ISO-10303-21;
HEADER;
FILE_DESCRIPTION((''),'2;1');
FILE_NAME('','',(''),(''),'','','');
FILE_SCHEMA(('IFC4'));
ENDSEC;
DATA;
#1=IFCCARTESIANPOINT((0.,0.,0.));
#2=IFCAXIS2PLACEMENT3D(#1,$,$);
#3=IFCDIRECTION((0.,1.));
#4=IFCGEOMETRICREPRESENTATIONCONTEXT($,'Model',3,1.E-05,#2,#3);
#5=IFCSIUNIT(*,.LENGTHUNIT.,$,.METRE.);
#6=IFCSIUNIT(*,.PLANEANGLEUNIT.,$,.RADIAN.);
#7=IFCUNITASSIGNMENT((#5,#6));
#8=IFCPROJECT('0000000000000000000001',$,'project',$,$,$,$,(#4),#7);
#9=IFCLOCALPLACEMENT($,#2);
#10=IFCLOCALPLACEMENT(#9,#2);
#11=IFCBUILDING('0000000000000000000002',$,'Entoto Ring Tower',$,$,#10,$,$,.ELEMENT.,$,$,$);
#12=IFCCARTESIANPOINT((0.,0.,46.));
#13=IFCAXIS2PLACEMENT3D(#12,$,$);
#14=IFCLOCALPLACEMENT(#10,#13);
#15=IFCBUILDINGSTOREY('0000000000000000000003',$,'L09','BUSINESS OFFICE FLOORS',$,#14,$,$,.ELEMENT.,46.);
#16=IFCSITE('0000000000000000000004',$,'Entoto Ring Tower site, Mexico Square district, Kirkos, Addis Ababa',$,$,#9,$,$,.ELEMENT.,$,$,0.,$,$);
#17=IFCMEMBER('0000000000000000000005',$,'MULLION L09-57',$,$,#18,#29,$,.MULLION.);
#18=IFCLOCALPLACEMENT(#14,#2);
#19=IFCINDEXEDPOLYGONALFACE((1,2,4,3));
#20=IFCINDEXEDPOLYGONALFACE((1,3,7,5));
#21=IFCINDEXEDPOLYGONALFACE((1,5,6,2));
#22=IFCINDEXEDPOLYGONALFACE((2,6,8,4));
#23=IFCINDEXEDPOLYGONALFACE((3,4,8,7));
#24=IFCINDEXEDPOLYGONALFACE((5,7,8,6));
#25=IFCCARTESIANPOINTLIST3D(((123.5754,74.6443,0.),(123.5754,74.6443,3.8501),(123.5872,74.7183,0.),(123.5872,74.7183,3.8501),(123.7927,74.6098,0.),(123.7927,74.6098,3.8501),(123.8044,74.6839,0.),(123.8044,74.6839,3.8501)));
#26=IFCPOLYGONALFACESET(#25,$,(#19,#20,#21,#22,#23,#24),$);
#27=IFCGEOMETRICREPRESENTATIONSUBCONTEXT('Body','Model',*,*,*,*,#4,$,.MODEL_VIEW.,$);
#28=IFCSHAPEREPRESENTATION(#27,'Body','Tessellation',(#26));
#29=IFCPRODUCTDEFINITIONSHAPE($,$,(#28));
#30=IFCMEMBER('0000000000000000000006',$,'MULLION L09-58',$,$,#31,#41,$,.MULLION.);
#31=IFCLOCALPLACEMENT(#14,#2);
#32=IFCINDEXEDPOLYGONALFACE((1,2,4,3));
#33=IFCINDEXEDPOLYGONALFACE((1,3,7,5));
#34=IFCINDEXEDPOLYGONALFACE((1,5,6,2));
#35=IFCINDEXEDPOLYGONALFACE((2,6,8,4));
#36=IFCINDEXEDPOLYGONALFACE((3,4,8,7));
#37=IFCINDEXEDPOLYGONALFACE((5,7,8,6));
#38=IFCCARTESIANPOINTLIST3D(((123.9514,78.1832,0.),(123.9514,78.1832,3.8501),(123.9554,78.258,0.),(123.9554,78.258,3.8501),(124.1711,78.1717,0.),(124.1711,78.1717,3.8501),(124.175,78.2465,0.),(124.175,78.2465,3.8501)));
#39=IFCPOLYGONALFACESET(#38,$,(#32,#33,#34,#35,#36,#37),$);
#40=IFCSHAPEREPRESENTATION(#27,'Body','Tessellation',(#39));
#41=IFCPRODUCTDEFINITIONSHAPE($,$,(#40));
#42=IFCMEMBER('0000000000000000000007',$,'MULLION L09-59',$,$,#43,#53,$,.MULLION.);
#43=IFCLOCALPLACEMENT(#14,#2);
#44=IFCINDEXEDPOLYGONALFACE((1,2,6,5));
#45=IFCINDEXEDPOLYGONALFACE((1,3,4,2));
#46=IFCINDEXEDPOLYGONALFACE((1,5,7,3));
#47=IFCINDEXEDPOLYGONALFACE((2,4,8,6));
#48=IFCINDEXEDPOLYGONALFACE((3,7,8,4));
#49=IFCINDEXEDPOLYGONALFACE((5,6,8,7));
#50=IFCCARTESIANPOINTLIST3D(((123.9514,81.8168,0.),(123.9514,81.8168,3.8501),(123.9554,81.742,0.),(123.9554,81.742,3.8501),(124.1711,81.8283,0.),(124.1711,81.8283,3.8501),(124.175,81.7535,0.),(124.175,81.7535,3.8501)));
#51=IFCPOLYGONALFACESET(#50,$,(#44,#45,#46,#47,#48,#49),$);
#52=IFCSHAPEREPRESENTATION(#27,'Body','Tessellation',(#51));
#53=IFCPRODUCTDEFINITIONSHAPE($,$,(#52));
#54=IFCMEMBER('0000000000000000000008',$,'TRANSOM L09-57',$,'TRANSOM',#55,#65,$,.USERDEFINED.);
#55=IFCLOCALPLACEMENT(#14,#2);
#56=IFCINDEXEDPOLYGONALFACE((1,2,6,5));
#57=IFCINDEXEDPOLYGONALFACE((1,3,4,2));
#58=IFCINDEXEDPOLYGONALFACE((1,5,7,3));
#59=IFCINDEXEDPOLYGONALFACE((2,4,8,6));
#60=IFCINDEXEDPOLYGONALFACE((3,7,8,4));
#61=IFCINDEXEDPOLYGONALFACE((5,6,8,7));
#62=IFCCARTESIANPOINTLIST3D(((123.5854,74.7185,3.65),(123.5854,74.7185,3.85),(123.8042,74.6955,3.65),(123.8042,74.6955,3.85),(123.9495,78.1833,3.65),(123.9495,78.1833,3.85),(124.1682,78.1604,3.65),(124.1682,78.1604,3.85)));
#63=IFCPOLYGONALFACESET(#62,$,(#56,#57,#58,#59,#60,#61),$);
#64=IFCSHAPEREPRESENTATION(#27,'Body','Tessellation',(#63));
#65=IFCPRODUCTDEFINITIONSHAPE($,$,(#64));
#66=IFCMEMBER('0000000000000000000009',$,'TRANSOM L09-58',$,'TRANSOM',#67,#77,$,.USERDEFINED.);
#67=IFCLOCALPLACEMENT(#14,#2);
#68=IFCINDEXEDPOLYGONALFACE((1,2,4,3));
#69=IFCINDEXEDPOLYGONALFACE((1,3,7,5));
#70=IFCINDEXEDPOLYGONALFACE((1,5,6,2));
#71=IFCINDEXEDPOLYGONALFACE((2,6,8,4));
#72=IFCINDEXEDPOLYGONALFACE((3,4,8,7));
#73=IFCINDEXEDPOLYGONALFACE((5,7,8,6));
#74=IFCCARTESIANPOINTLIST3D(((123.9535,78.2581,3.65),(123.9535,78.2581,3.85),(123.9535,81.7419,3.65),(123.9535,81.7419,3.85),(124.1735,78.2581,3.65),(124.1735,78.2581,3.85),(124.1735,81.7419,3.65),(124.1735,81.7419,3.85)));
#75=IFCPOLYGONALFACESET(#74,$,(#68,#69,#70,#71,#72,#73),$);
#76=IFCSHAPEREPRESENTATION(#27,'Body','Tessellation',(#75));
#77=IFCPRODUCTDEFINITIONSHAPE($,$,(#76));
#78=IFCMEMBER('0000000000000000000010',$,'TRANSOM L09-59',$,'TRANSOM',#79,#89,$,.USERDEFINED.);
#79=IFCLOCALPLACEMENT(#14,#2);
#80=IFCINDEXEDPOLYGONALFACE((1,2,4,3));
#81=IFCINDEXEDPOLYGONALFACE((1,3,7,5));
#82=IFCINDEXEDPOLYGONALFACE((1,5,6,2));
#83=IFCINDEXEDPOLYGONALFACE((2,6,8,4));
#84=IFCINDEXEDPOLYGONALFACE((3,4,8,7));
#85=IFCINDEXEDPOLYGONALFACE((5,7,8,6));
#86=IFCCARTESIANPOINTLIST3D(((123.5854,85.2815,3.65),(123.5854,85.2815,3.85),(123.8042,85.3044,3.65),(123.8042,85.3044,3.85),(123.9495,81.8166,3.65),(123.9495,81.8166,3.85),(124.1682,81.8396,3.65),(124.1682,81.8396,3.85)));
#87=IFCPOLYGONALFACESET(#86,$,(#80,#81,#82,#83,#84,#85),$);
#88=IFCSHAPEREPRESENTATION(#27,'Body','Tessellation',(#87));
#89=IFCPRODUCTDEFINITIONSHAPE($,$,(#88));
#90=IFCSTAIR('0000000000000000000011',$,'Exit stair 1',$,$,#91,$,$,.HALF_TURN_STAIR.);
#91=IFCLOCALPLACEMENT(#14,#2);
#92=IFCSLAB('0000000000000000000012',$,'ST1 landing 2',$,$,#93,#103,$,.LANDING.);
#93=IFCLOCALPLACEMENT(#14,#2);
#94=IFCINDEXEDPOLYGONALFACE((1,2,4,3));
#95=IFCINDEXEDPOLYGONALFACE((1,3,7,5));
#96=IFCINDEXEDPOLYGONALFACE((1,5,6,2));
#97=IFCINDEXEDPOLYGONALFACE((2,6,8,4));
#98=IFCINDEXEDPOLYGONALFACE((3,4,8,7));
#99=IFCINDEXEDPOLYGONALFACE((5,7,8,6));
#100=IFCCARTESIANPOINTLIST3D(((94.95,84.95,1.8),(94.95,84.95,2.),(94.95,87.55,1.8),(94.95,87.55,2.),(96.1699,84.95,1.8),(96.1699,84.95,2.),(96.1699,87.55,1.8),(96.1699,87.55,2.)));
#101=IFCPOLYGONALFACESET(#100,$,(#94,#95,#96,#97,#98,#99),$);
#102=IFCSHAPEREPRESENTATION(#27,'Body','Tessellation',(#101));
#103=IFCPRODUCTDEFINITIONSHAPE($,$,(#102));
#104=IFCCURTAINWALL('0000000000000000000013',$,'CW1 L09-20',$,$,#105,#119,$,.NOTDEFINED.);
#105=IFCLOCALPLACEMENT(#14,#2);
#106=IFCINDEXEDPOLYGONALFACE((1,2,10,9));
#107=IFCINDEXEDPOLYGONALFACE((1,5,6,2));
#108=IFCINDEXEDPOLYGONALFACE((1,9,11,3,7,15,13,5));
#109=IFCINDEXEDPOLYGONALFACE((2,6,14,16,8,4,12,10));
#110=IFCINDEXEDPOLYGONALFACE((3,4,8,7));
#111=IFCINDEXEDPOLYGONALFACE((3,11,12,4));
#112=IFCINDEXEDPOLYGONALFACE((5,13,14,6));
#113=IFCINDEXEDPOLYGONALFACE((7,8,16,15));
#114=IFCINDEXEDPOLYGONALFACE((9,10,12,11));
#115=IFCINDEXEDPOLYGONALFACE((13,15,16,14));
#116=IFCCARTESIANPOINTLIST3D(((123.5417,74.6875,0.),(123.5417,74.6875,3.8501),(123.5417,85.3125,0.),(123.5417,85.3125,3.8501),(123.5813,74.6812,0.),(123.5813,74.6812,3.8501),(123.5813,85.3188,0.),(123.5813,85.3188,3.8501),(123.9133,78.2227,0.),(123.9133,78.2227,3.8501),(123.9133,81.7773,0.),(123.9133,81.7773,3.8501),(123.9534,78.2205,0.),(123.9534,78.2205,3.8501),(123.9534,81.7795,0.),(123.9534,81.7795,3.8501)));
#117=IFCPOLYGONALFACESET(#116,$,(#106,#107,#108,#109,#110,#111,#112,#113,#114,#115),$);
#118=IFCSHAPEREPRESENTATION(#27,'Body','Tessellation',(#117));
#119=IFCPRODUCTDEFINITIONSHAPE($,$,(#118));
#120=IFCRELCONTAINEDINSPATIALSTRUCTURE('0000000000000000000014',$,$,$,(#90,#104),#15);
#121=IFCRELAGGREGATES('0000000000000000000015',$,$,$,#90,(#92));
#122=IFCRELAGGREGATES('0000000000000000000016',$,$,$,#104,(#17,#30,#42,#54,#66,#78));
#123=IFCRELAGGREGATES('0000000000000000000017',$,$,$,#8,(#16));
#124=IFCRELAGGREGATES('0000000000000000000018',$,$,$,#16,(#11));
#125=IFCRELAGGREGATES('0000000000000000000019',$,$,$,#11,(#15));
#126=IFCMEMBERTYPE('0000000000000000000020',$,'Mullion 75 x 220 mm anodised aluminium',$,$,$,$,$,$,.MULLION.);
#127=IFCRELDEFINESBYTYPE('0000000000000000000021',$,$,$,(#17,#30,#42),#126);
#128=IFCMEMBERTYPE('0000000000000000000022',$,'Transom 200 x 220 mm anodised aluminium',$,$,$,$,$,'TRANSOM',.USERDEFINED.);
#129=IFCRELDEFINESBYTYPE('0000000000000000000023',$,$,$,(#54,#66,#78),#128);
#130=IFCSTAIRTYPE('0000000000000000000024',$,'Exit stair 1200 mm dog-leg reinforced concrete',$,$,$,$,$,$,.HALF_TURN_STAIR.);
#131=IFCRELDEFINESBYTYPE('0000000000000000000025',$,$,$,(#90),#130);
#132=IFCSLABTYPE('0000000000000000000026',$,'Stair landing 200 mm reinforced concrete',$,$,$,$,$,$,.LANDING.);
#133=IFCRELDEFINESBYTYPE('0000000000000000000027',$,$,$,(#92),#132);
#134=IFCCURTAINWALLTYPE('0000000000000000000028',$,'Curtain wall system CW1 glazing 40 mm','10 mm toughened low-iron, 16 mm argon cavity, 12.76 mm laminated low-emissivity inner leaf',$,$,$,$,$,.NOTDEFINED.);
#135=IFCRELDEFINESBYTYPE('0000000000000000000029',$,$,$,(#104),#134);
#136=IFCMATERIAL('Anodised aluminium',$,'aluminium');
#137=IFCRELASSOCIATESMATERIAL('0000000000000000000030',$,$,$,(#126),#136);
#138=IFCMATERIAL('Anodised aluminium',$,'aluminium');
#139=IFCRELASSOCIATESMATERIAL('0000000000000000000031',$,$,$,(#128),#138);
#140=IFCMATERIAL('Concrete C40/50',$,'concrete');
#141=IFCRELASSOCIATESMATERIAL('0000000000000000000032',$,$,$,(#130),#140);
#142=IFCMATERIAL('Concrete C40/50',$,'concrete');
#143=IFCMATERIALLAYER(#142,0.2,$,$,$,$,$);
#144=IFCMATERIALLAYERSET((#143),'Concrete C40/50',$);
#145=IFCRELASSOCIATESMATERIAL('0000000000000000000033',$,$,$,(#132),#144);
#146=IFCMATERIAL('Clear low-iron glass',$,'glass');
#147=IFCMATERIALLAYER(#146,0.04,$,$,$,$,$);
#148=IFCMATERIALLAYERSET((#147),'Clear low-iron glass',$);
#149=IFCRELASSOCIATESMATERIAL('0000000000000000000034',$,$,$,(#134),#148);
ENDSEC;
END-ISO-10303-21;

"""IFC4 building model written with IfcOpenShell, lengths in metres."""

from ifc_helpers import new_model, si_unit, direction, frame, origin, origin_2d, place, context, subcontext, project, spatial, polyline, rectangle, outline, extrude, material, layer, layer_set, material_profile, profile_set, type_object, element, aggregate, save


model = new_model("IFC4")

# Units and contexts
model_context = context("Model", 3, precision=1e-05, world=origin(), true_north=direction((0.0, 1.0)))
body_context = subcontext(model_context, "Body", "Model", "MODEL_VIEW")
ifc_project = project(units=[si_unit("LENGTHUNIT", "METRE"), si_unit("PLANEANGLEUNIT", "RADIAN")], contexts=[model_context])

# Members
ifc_material_1 = material(Name="Anodised aluminium", Category="aluminium")
ifc_material_profile_1 = material_profile(ifc_material_1, rectangle(XDim=0.075, YDim=0.22, at=origin_2d()), Name="Mullion 75 x 220 mm anodised aluminium")
ifc_profile_set_1 = profile_set([ifc_material_profile_1], Name="Anodised aluminium")
member_type_1 = type_object("IfcMemberType", Name="Mullion 75 x 220 mm anodised aluminium", PredefinedType="MULLION", material=ifc_profile_set_1)
site_placement = place(None, origin())
building_placement = place(site_placement, origin())
storey_placement = place(building_placement, frame((0.0, 0.0, 46.0)))
member_1_placement = place(storey_placement, frame((123.6899, 74.6641, 0.0), z_axis=(0.0, 0.0, 1.0), x_axis=(0.156434, 0.987688, 0.0)))
member_1 = element("IfcMember", 1, at=member_1_placement, type_object=member_type_1, Name="MULLION L09-57", PredefinedType="MULLION", context=body_context, shape_type="SweptSolid", body=[
    extrude(rectangle(XDim=0.075, YDim=0.22, at=origin_2d()), origin(), (0.0, 0.0, 1.0), 3.8501),
])
member_2_placement = place(storey_placement, frame((124.0632, 78.2148, 0.0), z_axis=(0.0, 0.0, 1.0), x_axis=(0.052336, 0.99863, 0.0)))
member_2 = element("IfcMember", 2, at=member_2_placement, type_object=member_type_1, Name="MULLION L09-58", PredefinedType="MULLION", context=body_context, shape_type="SweptSolid", body=[
    extrude(rectangle(XDim=0.075, YDim=0.22, at=origin_2d()), origin(), (0.0, 0.0, 1.0), 3.8501),
])
member_3_placement = place(storey_placement, frame((124.0632, 81.7852, 0.0), z_axis=(0.0, 0.0, 1.0), x_axis=(-0.052336, 0.99863, 0.0)))
member_3 = element("IfcMember", 3, at=member_3_placement, type_object=member_type_1, Name="MULLION L09-59", PredefinedType="MULLION", context=body_context, shape_type="SweptSolid", body=[
    extrude(rectangle(XDim=0.075, YDim=0.22, at=origin_2d()), origin(), (0.0, 0.0, 1.0), 3.8501),
])
ifc_material_2 = material(Name="Anodised aluminium", Category="aluminium")
ifc_material_profile_2 = material_profile(ifc_material_2, rectangle(XDim=0.22, YDim=0.2, at=origin_2d()), Name="Transom 200 x 220 mm anodised aluminium")
ifc_profile_set_2 = profile_set([ifc_material_profile_2], Name="Anodised aluminium")
member_type_2 = type_object("IfcMemberType", Name="Transom 200 x 220 mm anodised aluminium", ElementType="TRANSOM", PredefinedType="USERDEFINED", material=ifc_profile_set_2)
member_4_placement = place(storey_placement, frame((123.6948, 74.707, 3.75), z_axis=(0.104484, 0.994527, 0.0), x_axis=(-0.994527, 0.104484, 0.0)))
member_4 = element("IfcMember", 4, at=member_4_placement, type_object=member_type_2, Name="TRANSOM L09-57", ObjectType="TRANSOM", PredefinedType="USERDEFINED", context=body_context, shape_type="SweptSolid", body=[
    extrude(rectangle(XDim=0.22, YDim=0.2, at=origin_2d()), origin(), (0.0, 0.0, 1.0), 3.4839),
])
member_5_placement = place(storey_placement, frame((124.0635, 78.2581, 3.75), z_axis=(0.0, 1.0, 0.0), x_axis=(-1.0, 0.0, 0.0)))
member_5 = element("IfcMember", 5, at=member_5_placement, type_object=member_type_2, Name="TRANSOM L09-58", ObjectType="TRANSOM", PredefinedType="USERDEFINED", context=body_context, shape_type="SweptSolid", body=[
    extrude(rectangle(XDim=0.22, YDim=0.2, at=origin_2d()), origin(), (0.0, 0.0, 1.0), 3.4839),
])
member_6_placement = place(storey_placement, frame((124.0588, 81.8281, 3.75), z_axis=(-0.104484, 0.994527, 0.0), x_axis=(-0.994527, -0.104484, 0.0)))
member_6 = element("IfcMember", 6, at=member_6_placement, type_object=member_type_2, Name="TRANSOM L09-59", ObjectType="TRANSOM", PredefinedType="USERDEFINED", context=body_context, shape_type="SweptSolid", body=[
    extrude(rectangle(XDim=0.22, YDim=0.2, at=origin_2d()), origin(), (0.0, 0.0, 1.0), 3.4839),
])

# Site, building, storey
site = spatial("IfcSite", under=ifc_project, at=site_placement, Name="Entoto Ring Tower site, Mexico Square district, Kirkos, Addis Ababa", CompositionType="ELEMENT", RefElevation=0.0)
building = spatial("IfcBuilding", under=site, at=building_placement, Name="Entoto Ring Tower", CompositionType="ELEMENT")
storey = spatial("IfcBuildingStorey", under=building, at=storey_placement, Name="L09", Description="BUSINESS OFFICE FLOORS", CompositionType="ELEMENT", Elevation=46.0)

# Stair, slab
ifc_material_3 = material(Name="Concrete C40/50", Category="concrete")
stair_type = type_object("IfcStairType", Name="Exit stair 1200 mm dog-leg reinforced concrete", PredefinedType="HALF_TURN_STAIR", material=ifc_material_3)
stair_placement = place(storey_placement, origin())
stair = element("IfcStair", 7, at=stair_placement, inside=storey, type_object=stair_type, Name="Exit stair 1", PredefinedType="HALF_TURN_STAIR")
ifc_material_4 = material(Name="Concrete C40/50", Category="concrete")
ifc_layer_1 = layer(ifc_material_4, 0.2)
ifc_layer_set_1 = layer_set([ifc_layer_1], Name="Concrete C40/50")
slab_type = type_object("IfcSlabType", Name="Stair landing 200 mm reinforced concrete", PredefinedType="LANDING", material=ifc_layer_set_1)
slab_placement = place(storey_placement, frame((0.0, 0.0, 1.8)))
slab = element("IfcSlab", 8, at=slab_placement, type_object=slab_type, Name="ST1 landing 2", PredefinedType="LANDING", context=body_context, shape_type="SweptSolid", body=[
    extrude(outline(polyline([(94.95, 84.95), (96.1699, 84.95), (96.1699, 87.55), (94.95, 87.55), (94.95, 84.95)])), origin(), (0.0, 0.0, 1.0), 0.2),
])
aggregate(stair, [slab])

# Curtain wall
ifc_material_5 = material(Name="Clear low-iron glass", Category="glass")
ifc_layer_2 = layer(ifc_material_5, 0.04)
ifc_layer_set_2 = layer_set([ifc_layer_2], Name="Clear low-iron glass")
curtain_wall_type = type_object("IfcCurtainWallType", Name="Curtain wall system CW1 glazing 40 mm", Description="10 mm toughened low-iron, 16 mm argon cavity, 12.76 mm laminated low-emissivity inner leaf", PredefinedType="NOTDEFINED", material=ifc_layer_set_2)
curtain_wall_1_placement = place(storey_placement, origin())
curtain_wall_1 = element("IfcCurtainWall", 9, at=curtain_wall_1_placement, inside=storey, type_object=curtain_wall_type, Name="CW1 L09-20", PredefinedType="NOTDEFINED", context=body_context, shape_type="SweptSolid", body=[
    extrude(outline(polyline([(123.5813, 74.6812), (123.9534, 78.2205), (123.9534, 81.7795), (123.5813, 85.3188), (123.5417, 85.3125), (123.9133, 81.7773), (123.9133, 78.2227), (123.5417, 74.6875), (123.5813, 74.6812)])), origin(), (0.0, 0.0, 1.0), 3.8501),
])
aggregate(curtain_wall_1, [member_1, member_2, member_3, member_4, member_5, member_6])

save(model, "model.ifc")
